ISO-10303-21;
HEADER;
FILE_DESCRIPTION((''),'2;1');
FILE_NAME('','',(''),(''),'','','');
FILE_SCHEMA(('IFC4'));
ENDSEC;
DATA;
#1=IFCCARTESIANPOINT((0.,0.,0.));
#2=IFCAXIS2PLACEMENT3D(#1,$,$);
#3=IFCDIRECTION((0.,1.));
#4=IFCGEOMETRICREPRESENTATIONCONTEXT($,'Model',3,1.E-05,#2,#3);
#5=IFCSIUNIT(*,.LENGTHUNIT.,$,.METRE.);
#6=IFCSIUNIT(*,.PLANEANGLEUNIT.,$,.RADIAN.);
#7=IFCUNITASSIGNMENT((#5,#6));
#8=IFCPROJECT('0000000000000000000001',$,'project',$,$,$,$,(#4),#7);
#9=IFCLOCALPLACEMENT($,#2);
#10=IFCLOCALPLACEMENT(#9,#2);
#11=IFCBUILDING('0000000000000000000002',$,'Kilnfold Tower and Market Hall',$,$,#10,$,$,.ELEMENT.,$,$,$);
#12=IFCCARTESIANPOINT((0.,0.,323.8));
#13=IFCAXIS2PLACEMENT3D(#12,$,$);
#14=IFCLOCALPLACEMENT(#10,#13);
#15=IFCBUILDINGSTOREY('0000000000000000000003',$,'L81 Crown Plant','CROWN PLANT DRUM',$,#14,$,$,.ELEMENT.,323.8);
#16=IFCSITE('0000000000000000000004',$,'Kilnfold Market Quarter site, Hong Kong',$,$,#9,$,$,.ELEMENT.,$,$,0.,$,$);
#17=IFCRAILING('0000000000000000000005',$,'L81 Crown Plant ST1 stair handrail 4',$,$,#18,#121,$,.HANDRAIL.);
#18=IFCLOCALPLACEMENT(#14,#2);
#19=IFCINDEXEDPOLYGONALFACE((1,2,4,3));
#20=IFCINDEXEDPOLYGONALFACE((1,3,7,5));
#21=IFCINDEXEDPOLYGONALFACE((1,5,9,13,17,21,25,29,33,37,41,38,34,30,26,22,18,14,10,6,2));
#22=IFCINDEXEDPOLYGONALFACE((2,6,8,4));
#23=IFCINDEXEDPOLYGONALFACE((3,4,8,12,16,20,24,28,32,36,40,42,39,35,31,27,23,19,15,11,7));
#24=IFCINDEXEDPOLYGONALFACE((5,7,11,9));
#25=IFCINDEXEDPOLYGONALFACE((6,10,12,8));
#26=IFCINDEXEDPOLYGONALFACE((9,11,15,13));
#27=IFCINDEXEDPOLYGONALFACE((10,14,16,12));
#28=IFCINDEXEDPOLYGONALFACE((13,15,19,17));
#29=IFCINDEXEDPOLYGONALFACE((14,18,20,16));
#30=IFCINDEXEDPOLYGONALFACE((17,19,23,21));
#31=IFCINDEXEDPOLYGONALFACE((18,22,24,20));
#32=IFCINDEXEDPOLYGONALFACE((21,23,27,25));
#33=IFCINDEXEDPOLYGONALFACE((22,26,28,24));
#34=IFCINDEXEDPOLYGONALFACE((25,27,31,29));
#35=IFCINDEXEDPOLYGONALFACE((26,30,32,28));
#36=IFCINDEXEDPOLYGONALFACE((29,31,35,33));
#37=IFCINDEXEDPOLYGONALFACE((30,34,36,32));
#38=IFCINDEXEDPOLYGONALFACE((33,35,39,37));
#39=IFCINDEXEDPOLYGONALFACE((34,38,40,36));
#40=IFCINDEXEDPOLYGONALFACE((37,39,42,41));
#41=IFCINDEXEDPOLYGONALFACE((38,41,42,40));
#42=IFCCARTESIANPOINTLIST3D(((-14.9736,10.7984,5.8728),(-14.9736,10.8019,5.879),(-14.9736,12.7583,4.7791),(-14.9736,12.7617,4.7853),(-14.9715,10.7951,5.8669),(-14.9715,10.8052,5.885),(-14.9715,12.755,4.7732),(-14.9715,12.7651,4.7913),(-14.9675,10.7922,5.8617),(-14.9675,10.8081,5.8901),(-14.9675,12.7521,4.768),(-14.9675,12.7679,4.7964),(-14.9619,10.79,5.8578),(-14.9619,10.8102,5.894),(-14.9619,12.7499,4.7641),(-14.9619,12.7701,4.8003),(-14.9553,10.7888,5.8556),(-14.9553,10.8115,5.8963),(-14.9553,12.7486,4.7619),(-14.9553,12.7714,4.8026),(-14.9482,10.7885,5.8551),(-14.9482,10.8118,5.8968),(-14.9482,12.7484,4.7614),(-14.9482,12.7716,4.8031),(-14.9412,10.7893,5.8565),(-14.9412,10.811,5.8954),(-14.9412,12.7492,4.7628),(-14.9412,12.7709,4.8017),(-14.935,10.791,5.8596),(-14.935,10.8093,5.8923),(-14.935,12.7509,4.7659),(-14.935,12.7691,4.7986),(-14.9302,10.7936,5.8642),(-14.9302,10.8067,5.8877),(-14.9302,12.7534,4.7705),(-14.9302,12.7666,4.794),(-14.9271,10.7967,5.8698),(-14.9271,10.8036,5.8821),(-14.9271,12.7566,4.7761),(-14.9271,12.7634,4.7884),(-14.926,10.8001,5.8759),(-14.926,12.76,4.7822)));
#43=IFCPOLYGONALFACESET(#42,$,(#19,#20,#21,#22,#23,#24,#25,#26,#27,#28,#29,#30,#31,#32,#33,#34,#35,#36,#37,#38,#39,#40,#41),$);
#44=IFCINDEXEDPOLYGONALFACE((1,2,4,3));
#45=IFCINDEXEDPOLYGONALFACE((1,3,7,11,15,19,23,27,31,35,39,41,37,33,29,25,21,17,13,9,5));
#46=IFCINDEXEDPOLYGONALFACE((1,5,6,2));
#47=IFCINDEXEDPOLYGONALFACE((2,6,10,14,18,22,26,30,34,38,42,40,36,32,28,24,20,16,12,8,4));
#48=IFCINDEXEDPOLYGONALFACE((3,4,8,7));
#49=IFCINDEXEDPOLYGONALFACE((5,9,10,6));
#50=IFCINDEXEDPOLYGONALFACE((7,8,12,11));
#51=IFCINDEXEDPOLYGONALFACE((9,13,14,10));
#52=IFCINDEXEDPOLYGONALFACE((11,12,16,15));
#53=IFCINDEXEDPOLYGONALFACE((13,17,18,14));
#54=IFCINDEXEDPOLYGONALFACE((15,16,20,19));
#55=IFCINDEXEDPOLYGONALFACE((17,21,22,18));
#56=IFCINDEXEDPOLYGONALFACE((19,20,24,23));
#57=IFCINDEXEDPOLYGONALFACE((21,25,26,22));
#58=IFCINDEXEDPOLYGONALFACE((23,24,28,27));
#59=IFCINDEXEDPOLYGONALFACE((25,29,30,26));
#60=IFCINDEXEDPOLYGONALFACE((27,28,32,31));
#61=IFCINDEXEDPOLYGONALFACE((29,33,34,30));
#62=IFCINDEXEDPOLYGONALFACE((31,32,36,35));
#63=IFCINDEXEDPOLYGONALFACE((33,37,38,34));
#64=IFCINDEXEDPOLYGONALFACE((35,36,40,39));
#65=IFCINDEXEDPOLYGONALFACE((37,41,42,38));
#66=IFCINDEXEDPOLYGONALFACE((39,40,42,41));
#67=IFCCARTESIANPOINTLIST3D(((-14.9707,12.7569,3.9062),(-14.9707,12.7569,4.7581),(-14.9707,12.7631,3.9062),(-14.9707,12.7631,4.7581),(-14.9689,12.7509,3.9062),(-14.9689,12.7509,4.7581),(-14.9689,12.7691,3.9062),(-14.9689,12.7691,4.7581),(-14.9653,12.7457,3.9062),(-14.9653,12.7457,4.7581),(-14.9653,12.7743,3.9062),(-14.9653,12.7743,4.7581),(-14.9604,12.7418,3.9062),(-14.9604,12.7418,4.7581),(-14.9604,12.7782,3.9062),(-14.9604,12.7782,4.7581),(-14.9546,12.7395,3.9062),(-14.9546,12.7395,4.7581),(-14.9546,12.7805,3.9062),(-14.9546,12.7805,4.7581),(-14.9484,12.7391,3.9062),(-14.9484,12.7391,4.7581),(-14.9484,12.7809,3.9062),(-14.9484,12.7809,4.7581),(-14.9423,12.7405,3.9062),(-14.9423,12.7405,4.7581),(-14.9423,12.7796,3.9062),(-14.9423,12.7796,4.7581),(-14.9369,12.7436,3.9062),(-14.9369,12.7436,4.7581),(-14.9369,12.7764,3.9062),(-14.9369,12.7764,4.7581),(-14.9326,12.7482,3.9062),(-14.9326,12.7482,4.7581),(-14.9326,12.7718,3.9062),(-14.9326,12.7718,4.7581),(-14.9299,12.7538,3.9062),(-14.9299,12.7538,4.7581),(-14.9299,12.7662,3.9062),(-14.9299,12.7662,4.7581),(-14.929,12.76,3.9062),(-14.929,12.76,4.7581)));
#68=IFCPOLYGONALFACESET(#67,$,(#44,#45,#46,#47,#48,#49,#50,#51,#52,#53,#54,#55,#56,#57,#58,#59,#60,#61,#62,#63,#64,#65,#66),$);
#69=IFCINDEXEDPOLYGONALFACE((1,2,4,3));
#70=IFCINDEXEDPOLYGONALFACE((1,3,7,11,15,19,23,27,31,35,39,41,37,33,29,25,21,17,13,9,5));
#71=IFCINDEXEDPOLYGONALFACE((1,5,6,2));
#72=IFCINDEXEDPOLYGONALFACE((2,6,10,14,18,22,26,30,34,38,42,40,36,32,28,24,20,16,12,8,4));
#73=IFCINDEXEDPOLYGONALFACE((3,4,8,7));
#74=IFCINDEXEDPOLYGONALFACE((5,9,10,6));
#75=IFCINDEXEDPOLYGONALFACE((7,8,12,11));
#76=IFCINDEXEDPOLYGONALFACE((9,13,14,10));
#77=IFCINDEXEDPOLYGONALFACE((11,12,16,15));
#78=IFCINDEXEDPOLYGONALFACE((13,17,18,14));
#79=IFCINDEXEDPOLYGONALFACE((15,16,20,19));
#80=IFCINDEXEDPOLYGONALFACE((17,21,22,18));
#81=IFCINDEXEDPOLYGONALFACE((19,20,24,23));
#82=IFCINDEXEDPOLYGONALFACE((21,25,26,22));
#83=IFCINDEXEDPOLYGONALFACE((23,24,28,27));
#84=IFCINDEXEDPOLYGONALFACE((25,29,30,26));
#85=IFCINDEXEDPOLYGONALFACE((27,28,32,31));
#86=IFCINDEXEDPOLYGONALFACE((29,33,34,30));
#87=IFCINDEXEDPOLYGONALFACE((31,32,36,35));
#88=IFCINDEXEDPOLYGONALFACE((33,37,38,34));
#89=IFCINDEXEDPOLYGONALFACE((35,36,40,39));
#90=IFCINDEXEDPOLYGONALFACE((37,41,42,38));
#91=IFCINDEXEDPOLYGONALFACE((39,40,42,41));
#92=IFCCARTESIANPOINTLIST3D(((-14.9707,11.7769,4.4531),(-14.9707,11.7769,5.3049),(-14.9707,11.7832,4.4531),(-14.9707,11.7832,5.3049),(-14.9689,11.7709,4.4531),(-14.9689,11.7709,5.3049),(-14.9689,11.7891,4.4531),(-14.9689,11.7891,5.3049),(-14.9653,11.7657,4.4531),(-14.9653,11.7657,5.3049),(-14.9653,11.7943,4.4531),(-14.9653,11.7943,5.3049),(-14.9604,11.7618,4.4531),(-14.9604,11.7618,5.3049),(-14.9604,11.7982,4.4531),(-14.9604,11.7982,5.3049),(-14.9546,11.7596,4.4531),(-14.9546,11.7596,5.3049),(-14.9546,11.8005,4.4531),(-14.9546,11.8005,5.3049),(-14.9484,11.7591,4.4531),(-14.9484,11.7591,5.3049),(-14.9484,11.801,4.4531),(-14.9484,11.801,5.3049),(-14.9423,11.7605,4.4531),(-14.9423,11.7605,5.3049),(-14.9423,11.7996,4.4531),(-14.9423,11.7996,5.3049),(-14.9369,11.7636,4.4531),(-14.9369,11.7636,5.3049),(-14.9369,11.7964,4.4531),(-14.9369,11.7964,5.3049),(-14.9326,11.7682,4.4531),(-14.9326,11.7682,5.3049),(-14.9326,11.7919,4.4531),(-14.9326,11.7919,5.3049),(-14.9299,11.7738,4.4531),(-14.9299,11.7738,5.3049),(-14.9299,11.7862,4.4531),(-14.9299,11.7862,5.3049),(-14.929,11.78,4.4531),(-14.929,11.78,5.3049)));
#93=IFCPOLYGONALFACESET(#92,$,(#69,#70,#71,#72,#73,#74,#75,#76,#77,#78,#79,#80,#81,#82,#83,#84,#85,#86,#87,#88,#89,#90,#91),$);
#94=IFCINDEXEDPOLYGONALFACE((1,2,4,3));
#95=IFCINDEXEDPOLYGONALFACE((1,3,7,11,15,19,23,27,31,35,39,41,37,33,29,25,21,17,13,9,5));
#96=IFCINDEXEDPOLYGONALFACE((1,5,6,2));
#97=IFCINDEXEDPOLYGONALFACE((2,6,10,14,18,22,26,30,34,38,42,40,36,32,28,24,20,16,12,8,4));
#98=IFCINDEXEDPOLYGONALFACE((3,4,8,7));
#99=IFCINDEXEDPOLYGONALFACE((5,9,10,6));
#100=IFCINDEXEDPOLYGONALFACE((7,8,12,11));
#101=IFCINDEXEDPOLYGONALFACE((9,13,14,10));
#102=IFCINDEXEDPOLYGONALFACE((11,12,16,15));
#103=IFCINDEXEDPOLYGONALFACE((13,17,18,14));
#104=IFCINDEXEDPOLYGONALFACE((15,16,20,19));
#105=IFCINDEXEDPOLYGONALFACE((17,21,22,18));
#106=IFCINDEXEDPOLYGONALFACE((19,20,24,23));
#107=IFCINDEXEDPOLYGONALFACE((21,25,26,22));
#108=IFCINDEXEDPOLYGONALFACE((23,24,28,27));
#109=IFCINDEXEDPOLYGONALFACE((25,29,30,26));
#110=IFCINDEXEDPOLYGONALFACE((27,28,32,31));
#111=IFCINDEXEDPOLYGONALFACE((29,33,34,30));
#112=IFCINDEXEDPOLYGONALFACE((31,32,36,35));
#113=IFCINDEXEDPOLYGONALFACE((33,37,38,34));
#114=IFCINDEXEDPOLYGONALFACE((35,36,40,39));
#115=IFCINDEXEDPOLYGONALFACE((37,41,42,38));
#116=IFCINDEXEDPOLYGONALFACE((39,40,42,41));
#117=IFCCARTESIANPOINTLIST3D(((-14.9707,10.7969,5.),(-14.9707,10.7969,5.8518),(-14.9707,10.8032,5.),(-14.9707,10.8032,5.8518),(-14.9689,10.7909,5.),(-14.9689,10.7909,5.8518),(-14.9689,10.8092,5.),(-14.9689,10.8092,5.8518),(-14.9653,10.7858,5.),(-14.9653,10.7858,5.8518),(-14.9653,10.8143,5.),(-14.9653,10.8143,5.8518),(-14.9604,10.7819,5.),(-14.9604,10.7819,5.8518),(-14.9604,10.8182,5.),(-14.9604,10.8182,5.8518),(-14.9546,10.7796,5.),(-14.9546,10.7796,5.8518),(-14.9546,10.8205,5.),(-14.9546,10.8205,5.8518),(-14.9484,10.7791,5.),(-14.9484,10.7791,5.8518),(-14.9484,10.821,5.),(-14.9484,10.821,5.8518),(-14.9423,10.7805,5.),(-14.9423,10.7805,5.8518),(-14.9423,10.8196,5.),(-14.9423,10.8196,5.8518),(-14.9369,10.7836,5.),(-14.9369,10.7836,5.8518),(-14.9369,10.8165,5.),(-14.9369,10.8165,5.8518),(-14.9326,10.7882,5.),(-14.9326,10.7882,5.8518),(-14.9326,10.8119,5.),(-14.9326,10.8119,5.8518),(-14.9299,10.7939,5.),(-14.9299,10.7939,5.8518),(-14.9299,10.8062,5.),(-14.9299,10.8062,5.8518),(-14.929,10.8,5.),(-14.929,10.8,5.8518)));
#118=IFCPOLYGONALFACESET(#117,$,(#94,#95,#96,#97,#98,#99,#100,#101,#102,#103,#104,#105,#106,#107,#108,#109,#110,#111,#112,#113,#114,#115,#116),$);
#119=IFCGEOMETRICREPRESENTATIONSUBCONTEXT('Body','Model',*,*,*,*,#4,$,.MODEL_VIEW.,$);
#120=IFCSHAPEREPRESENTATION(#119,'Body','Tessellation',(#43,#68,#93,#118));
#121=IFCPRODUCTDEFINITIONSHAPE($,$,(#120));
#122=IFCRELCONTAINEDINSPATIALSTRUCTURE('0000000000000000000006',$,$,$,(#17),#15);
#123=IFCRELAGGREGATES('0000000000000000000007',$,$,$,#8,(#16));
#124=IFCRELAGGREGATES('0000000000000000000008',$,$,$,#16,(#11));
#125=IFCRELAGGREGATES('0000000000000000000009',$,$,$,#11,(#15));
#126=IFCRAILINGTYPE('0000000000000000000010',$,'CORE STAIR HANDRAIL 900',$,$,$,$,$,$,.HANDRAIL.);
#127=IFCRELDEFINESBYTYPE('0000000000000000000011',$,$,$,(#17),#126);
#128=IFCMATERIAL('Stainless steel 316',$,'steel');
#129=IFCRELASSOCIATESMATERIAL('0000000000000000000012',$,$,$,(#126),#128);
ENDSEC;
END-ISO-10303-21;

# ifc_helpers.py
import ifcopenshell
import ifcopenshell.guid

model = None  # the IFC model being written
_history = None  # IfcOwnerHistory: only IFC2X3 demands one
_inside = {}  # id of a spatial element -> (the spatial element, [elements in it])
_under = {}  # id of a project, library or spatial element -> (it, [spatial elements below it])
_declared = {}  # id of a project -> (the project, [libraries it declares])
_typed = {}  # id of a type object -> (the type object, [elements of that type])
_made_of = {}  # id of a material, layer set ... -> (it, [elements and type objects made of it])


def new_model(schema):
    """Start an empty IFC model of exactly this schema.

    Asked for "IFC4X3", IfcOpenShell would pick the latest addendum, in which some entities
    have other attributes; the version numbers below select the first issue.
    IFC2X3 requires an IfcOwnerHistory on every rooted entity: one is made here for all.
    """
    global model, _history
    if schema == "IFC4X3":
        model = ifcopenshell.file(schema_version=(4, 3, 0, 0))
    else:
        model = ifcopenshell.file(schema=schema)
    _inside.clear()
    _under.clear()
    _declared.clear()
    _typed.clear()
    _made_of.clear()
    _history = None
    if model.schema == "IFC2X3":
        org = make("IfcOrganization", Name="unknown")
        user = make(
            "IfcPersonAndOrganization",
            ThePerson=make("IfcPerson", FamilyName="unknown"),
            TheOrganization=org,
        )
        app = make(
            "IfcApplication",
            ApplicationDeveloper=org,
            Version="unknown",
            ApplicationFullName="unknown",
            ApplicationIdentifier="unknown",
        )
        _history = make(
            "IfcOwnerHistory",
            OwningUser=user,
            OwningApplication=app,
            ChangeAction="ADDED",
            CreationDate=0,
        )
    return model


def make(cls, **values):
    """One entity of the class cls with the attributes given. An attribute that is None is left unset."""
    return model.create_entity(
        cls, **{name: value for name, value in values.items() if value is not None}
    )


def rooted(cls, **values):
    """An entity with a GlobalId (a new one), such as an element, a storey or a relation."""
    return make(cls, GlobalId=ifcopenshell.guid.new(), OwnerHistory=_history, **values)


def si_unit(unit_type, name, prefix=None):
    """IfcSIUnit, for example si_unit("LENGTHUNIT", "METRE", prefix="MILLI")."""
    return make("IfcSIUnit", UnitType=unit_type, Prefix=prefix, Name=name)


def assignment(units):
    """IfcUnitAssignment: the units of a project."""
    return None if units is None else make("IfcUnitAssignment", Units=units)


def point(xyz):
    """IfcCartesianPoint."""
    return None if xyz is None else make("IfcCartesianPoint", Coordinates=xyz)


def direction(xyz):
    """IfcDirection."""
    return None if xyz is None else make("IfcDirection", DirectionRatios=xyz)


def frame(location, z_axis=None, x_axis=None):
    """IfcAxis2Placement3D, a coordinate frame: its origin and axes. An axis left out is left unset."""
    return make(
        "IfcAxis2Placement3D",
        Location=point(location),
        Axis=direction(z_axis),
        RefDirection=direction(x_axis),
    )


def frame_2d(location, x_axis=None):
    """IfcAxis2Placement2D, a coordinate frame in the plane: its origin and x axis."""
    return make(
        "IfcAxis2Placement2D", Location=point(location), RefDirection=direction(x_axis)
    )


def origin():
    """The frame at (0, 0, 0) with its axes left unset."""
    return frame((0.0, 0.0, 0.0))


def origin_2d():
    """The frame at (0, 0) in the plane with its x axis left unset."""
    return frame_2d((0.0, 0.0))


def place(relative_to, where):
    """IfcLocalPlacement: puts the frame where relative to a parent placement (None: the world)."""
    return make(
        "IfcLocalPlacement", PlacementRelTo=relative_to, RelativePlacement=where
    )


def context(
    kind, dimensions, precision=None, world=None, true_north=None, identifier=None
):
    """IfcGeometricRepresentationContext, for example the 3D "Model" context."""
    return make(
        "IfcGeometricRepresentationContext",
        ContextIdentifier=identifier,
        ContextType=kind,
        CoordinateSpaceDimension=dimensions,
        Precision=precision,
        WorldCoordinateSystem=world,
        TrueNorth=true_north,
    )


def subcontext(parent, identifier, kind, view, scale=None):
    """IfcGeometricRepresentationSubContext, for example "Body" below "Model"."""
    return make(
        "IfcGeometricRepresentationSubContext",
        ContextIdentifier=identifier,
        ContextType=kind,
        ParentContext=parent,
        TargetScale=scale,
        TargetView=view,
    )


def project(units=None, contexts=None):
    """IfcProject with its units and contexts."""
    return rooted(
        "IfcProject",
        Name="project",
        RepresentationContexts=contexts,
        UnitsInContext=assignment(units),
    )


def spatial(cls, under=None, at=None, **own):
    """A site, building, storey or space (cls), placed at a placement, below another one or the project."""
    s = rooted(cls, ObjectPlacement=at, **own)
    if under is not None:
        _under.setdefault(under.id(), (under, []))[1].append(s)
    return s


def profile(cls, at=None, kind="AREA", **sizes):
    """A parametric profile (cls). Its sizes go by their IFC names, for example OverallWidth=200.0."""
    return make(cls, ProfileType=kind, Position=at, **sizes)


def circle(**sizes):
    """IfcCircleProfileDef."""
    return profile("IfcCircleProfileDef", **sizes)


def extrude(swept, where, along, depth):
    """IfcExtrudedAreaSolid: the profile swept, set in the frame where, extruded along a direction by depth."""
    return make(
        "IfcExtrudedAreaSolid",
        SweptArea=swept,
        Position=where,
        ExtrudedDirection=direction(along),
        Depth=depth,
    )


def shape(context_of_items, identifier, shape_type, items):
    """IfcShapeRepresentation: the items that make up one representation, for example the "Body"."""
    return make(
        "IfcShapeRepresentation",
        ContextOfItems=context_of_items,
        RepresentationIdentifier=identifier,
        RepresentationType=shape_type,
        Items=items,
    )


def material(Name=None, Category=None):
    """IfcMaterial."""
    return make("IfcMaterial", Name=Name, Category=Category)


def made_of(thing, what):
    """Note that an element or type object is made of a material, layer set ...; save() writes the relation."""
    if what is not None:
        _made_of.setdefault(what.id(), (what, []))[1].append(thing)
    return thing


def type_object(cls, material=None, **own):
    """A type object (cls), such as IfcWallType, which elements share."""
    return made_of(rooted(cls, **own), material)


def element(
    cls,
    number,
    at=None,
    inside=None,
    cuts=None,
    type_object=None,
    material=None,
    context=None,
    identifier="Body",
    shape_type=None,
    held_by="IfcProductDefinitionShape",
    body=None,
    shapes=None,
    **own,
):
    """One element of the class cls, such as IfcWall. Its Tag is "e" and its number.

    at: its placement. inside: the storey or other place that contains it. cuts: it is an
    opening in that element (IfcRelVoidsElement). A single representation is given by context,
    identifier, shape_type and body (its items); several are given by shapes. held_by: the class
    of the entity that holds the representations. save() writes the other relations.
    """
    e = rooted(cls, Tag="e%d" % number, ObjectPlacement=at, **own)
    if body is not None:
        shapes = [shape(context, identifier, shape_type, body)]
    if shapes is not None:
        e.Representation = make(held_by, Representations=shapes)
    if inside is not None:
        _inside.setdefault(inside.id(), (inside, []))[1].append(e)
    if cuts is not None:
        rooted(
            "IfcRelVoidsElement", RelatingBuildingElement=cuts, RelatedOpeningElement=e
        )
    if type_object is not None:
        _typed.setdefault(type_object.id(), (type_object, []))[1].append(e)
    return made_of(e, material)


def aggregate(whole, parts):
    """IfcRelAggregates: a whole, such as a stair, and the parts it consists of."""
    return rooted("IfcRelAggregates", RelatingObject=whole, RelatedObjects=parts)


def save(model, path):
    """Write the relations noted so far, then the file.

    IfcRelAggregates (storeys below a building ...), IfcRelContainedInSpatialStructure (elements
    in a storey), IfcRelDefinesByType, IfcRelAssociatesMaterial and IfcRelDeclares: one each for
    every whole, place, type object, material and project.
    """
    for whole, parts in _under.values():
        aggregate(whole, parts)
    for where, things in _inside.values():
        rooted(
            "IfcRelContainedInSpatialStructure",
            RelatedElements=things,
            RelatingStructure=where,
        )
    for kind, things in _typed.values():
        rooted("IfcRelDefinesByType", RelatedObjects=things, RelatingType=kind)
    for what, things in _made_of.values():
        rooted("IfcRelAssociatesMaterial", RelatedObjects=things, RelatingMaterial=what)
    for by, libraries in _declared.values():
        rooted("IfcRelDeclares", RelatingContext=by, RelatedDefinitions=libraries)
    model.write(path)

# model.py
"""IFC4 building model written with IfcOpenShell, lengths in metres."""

from ifc_helpers import new_model, si_unit, direction, frame, origin, origin_2d, place, context, subcontext, project, spatial, circle, extrude, material, type_object, element, save


model = new_model("IFC4")

# Units and contexts
model_context = context("Model", 3, precision=1e-05, world=origin(), true_north=direction((0.0, 1.0)))
body_context = subcontext(model_context, "Body", "Model", "MODEL_VIEW")
ifc_project = project(units=[si_unit("LENGTHUNIT", "METRE"), si_unit("PLANEANGLEUNIT", "RADIAN")], contexts=[model_context])

# Site, building, storey
site_placement = place(None, origin())
site = spatial("IfcSite", under=ifc_project, at=site_placement, Name="Kilnfold Market Quarter site, Hong Kong", CompositionType="ELEMENT", RefElevation=0.0)
building_placement = place(site_placement, origin())
building = spatial("IfcBuilding", under=site, at=building_placement, Name="Kilnfold Tower and Market Hall", CompositionType="ELEMENT")
storey_placement = place(building_placement, frame((0.0, 0.0, 323.8)))
storey = spatial("IfcBuildingStorey", under=building, at=storey_placement, Name="L81 Crown Plant", Description="CROWN PLANT DRUM", CompositionType="ELEMENT", Elevation=323.8)

# Railing
ifc_material_1 = material(Name="Stainless steel 316", Category="steel")
railing_type_1 = type_object("IfcRailingType", Name="CORE STAIR HANDRAIL 900", PredefinedType="HANDRAIL", material=ifc_material_1)
railing_1_placement = place(storey_placement, frame((-14.95, 12.76, 3.9062)))
element("IfcRailing", 1, at=railing_1_placement, inside=storey, type_object=railing_type_1, Name="L81 Crown Plant ST1 stair handrail 4", PredefinedType="HANDRAIL", context=body_context, shape_type="SweptSolid", body=[
    extrude(circle(Radius=0.0239, at=origin_2d()), frame((0.0, 0.0, 0.876), z_axis=(0.0, -0.873232, 0.487304), x_axis=(1.0, 0.0, 0.0)), (0.0, 0.0, 1.0), 2.2444),
    extrude(circle(Radius=0.021, at=origin_2d()), origin(), (0.0, 0.0, 1.0), 0.8518),
    extrude(circle(Radius=0.021, at=origin_2d()), frame((0.0, -0.98, 0.5469)), (0.0, 0.0, 1.0), 0.8518),
    extrude(circle(Radius=0.021, at=origin_2d()), frame((0.0, -1.96, 1.0938)), (0.0, 0.0, 1.0), 0.8518),
])

save(model, "model.ifc")
